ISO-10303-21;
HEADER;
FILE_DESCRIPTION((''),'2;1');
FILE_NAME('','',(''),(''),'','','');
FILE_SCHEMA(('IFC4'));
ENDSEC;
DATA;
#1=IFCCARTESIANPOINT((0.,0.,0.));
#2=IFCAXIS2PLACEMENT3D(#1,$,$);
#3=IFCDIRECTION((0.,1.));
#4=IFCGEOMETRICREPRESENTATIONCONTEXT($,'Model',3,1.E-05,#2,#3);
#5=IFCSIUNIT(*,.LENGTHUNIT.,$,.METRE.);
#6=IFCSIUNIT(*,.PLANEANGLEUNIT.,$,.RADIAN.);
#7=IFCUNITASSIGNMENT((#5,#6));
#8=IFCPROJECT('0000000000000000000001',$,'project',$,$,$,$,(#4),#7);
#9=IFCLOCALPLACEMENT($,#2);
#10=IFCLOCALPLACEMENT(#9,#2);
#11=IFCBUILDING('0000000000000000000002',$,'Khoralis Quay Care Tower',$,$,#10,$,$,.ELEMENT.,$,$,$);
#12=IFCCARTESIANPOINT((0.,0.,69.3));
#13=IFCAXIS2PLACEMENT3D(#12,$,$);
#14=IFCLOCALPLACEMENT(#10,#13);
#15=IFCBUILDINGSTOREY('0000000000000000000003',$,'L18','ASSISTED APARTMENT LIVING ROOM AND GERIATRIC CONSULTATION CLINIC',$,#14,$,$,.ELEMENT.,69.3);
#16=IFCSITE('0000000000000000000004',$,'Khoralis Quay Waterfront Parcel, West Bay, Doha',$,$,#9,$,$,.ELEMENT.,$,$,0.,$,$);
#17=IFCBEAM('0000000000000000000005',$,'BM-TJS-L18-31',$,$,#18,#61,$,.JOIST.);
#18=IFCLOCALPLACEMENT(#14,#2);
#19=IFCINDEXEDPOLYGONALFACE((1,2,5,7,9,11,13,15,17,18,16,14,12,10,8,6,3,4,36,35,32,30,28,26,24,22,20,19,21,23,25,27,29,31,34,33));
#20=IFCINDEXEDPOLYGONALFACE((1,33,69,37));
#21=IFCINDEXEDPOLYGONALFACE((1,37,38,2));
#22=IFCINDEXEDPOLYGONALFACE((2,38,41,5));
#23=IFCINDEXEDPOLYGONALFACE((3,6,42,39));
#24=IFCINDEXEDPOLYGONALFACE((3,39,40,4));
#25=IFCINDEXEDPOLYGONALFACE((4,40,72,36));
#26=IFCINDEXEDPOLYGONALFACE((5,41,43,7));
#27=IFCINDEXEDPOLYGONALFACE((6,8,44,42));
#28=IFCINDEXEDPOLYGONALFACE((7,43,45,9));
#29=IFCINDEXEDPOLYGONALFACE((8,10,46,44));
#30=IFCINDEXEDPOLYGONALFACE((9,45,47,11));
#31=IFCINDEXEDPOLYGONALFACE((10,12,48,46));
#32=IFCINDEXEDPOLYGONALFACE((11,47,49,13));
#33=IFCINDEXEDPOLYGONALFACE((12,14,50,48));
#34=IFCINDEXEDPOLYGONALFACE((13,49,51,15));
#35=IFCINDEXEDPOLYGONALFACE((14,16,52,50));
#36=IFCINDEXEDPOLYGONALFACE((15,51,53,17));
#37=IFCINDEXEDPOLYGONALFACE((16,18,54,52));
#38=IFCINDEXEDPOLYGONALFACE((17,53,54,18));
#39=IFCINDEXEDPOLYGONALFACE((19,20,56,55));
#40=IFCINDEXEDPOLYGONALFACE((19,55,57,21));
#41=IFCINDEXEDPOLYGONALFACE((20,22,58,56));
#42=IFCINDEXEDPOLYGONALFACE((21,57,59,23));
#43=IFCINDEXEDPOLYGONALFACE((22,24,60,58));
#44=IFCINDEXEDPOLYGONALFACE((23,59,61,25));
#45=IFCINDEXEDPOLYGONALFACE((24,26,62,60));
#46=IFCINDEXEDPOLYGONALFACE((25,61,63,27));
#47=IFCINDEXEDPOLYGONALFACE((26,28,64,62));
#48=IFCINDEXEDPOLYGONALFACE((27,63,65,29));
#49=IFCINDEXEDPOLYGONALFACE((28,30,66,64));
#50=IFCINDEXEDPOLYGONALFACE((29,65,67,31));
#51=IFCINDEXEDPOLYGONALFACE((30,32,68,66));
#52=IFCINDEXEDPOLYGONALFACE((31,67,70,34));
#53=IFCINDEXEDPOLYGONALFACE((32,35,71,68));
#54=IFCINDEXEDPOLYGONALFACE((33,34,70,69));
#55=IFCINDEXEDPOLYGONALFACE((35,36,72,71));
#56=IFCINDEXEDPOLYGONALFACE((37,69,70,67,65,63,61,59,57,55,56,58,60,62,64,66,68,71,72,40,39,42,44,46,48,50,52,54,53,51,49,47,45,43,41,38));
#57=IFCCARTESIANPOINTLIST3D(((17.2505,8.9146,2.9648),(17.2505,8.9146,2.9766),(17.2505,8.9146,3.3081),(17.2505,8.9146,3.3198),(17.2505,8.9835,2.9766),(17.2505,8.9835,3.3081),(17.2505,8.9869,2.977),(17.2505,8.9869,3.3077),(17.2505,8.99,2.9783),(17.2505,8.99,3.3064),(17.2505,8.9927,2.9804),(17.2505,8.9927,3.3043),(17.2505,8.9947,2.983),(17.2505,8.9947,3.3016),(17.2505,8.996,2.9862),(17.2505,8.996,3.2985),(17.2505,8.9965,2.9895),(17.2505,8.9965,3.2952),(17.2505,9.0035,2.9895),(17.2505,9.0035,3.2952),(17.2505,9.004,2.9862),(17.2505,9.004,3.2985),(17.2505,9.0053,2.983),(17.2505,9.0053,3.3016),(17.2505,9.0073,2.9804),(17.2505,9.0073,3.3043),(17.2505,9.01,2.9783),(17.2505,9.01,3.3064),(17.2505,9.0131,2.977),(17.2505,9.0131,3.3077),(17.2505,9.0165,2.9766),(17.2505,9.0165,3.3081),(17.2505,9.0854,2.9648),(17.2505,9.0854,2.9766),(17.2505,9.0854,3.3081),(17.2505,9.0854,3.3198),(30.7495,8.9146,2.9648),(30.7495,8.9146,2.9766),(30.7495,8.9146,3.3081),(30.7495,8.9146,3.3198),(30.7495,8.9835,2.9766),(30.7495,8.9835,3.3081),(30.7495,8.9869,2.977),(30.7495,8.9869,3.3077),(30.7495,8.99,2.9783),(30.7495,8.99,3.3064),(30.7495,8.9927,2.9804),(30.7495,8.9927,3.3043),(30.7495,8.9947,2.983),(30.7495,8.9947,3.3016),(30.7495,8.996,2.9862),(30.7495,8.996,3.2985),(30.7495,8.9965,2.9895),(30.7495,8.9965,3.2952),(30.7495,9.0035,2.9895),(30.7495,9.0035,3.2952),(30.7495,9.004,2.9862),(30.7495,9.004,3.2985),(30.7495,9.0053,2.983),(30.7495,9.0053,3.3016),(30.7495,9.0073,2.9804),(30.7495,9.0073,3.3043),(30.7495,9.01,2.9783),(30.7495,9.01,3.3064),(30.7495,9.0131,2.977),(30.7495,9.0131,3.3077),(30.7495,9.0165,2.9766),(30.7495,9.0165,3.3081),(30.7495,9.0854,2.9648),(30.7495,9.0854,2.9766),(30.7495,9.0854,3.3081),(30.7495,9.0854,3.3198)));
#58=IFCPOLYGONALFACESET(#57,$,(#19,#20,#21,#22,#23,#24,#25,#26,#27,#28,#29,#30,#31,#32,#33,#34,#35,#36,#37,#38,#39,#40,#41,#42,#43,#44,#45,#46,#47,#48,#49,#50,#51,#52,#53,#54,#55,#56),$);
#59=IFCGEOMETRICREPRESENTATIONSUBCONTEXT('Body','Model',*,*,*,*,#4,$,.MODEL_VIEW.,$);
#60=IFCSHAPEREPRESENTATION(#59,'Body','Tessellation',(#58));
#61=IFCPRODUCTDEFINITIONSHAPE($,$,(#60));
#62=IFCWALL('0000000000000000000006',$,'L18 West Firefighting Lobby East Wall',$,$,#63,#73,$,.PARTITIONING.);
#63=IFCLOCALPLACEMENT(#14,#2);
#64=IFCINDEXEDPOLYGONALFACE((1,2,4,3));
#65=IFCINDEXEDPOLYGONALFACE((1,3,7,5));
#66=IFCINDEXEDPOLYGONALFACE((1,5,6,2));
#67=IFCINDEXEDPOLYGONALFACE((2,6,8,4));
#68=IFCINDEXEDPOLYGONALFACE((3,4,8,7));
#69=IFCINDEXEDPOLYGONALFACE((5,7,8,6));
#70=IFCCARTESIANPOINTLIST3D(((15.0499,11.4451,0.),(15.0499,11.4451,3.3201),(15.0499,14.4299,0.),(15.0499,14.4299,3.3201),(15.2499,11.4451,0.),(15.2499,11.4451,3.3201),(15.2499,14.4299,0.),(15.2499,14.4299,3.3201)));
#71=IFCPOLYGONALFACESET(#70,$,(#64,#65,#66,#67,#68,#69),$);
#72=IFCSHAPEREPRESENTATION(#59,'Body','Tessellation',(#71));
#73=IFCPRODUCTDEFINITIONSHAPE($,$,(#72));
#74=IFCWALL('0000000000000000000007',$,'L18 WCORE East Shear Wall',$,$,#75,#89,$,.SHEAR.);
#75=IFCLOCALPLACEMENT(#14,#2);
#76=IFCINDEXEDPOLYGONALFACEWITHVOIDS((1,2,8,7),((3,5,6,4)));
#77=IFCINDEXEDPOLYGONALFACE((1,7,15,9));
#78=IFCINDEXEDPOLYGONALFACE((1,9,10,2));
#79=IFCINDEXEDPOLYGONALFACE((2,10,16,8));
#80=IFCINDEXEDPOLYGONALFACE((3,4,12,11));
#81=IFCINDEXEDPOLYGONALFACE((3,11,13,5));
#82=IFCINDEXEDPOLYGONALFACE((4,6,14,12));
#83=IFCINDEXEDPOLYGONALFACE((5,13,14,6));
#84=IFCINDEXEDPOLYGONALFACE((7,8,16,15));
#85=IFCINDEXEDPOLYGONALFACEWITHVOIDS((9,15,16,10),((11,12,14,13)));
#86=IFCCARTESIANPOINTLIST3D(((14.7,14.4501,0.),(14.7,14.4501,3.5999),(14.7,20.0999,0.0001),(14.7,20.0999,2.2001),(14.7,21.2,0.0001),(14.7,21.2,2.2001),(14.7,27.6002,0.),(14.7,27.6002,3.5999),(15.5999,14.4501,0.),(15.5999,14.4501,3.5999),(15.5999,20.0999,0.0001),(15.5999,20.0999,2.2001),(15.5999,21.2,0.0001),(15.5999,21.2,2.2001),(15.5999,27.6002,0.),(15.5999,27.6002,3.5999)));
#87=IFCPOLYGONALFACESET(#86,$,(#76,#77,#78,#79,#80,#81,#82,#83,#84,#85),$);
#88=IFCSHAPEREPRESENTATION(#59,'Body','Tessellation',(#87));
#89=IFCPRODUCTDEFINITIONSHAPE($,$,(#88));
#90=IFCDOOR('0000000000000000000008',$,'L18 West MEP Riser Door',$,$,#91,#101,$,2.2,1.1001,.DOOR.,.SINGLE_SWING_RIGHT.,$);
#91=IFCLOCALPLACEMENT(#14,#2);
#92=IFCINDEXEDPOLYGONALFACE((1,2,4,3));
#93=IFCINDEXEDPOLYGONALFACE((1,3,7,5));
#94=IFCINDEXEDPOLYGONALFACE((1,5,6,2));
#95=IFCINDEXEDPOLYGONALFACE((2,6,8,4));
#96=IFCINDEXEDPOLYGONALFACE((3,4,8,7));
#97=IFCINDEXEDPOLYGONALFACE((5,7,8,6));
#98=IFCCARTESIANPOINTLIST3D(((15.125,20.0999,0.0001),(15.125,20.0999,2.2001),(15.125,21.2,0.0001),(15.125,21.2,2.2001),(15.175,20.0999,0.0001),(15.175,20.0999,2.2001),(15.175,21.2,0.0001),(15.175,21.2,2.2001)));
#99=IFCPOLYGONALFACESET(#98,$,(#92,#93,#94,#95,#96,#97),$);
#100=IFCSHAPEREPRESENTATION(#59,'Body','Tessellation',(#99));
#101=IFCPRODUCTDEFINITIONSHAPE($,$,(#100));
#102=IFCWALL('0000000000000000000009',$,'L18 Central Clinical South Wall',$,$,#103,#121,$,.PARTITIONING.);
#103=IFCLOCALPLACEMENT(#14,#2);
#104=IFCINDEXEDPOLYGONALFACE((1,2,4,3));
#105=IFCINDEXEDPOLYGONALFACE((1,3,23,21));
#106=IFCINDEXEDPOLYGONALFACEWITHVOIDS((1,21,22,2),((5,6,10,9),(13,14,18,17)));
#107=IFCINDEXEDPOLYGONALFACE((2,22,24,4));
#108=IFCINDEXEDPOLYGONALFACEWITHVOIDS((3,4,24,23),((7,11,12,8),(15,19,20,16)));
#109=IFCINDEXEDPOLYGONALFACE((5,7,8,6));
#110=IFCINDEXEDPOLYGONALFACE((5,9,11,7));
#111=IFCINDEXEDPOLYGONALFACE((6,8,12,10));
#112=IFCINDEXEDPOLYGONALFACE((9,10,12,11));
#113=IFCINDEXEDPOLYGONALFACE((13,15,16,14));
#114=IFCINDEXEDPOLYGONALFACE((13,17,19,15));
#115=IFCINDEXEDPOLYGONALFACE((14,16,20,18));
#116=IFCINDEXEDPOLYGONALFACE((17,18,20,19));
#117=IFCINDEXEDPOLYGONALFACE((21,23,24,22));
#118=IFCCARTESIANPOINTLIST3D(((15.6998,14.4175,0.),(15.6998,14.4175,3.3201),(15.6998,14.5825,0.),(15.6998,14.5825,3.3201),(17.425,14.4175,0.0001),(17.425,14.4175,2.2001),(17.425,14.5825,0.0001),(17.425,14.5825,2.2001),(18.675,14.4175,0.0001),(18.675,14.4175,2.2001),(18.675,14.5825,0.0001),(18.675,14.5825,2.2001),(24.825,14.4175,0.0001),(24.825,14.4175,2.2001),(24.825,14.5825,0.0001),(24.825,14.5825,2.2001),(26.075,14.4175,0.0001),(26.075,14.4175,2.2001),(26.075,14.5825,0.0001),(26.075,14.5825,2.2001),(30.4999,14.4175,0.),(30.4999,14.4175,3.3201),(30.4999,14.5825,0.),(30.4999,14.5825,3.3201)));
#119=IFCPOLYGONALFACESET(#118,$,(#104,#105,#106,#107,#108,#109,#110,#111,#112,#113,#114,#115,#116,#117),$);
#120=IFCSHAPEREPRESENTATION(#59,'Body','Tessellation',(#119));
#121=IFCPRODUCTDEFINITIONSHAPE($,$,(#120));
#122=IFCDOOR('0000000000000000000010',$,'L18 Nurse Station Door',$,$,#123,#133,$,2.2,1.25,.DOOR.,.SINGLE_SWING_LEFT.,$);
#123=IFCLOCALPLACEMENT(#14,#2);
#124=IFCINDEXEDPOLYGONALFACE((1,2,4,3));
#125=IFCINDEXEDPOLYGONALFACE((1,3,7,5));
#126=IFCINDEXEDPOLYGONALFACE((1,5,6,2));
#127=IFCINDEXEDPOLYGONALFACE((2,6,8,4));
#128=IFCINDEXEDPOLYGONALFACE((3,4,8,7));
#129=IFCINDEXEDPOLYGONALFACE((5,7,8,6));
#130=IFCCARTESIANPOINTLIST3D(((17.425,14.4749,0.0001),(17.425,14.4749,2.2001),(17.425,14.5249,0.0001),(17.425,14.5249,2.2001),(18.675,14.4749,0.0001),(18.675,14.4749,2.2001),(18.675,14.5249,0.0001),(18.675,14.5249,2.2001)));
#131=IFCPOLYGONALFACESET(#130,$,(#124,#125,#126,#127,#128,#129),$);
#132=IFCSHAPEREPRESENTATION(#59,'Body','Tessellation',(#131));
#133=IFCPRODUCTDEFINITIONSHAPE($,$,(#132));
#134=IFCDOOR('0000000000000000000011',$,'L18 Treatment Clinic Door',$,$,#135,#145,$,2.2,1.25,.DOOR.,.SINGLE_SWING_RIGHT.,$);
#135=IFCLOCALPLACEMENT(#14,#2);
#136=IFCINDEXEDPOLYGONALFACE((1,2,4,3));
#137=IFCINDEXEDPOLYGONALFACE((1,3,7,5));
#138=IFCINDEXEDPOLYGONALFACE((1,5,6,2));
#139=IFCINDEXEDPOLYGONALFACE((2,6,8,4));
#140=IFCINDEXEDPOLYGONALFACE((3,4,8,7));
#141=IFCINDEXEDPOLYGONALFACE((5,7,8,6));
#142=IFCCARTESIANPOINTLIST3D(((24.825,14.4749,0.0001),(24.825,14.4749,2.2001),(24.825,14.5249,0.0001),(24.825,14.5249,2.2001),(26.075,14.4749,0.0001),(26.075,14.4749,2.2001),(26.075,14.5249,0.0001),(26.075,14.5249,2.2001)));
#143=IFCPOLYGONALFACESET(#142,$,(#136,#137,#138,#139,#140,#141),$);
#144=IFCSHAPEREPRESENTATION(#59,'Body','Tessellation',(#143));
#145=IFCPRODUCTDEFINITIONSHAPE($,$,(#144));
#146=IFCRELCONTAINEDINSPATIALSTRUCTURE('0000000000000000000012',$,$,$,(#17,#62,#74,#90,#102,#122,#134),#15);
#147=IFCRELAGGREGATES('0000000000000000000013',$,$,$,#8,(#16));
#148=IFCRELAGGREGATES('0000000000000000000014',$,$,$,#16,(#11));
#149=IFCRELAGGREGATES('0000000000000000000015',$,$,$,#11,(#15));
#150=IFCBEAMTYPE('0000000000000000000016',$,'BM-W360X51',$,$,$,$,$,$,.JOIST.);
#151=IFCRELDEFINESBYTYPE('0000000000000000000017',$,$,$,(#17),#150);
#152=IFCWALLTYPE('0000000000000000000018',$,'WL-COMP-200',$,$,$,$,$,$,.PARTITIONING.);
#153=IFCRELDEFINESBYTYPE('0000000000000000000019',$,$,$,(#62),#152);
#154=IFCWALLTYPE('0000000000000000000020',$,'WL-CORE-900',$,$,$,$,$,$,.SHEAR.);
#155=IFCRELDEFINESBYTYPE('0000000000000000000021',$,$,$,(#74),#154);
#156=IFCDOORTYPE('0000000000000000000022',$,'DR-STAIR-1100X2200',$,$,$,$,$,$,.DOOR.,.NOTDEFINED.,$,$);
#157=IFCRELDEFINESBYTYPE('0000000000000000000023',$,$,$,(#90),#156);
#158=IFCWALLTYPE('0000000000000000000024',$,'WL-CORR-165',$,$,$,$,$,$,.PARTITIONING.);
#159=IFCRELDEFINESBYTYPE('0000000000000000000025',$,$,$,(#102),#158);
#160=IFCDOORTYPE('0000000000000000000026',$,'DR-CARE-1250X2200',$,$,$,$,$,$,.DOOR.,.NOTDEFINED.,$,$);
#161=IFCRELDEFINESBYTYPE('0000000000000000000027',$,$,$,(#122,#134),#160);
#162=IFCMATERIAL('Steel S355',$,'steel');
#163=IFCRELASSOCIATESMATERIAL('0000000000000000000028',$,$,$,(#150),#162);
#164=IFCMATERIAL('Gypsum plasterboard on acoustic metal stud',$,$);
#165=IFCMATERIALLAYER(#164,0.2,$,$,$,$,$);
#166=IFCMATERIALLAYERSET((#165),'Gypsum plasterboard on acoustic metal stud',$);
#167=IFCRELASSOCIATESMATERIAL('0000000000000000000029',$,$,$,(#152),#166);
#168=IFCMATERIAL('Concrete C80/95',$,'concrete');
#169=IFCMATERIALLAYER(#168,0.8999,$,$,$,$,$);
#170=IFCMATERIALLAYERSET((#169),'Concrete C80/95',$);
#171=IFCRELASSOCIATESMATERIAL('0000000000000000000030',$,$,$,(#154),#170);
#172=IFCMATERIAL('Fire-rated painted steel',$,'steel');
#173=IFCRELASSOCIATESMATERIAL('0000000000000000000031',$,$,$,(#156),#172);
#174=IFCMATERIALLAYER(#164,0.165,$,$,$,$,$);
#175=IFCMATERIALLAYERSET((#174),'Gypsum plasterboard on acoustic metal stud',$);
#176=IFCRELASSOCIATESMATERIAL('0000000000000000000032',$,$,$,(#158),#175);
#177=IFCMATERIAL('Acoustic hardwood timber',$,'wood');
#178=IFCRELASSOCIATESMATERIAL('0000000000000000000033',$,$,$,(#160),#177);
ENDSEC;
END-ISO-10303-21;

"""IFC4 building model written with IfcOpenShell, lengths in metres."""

from ifc_helpers import new_model, si_unit, direction, frame, frame_2d, origin, origin_2d, place, context, subcontext, project, spatial, rectangle, i_section, extrude, source, transform, mapped, material, layer, layer_set, material_profile, profile_set, type_object, element, fill, save


model = new_model("IFC4")

# Units and contexts
model_context = context("Model", 3, precision=1e-05, world=origin(), true_north=direction((0.0, 1.0)))
body_context = subcontext(model_context, "Body", "Model", "MODEL_VIEW")
ifc_project = project(units=[si_unit("LENGTHUNIT", "METRE"), si_unit("PLANEANGLEUNIT", "RADIAN")], contexts=[model_context])

# Site, building, storey
site_placement = place(None, origin())
site = spatial("IfcSite", under=ifc_project, at=site_placement, Name="Khoralis Quay Waterfront Parcel, West Bay, Doha", CompositionType="ELEMENT", RefElevation=0.0)
building_placement = place(site_placement, origin())
building = spatial("IfcBuilding", under=site, at=building_placement, Name="Khoralis Quay Care Tower", CompositionType="ELEMENT")
storey_placement = place(building_placement, frame((0.0, 0.0, 69.3)))
storey = spatial("IfcBuildingStorey", under=building, at=storey_placement, Name="L18", Description="ASSISTED APARTMENT LIVING ROOM AND GERIATRIC CONSULTATION CLINIC", CompositionType="ELEMENT", Elevation=69.3)

# Shared definitions
ifc_material_1 = material(Name="Concrete C80/95", Category="concrete")

# Beam
ifc_material_2 = material(Name="Steel S355", Category="steel")
ifc_material_profile_1 = material_profile(ifc_material_2, i_section(OverallWidth=0.1709, OverallDepth=0.355, WebThickness=0.0071, FlangeThickness=0.0117, FilletRadius=0.0129, at=origin_2d()), Name="Steel S355")
ifc_profile_set_1 = profile_set([ifc_material_profile_1], Name="Steel S355")
beam_type_1 = type_object("IfcBeamType", Name="BM-W360X51", PredefinedType="JOIST", material=ifc_profile_set_1)
shared_shape_1 = source(origin(), body_context, "Body", "SweptSolid", [
    extrude(i_section(OverallWidth=0.1709, OverallDepth=0.355, WebThickness=0.0071, FlangeThickness=0.0117, FilletRadius=0.0129, at=origin_2d()), origin(), (0.0, 0.0, 1.0), 13.499),
])
beam_1_placement = place(storey_placement, frame((17.2505, 9.0, 3.1423), z_axis=(1.0, 0.0, 0.0), x_axis=(0.0, 1.0, 0.0)))
element("IfcBeam", 1, at=beam_1_placement, inside=storey, type_object=beam_type_1, Name="BM-TJS-L18-31", PredefinedType="JOIST", context=body_context, shape_type="MappedRepresentation", body=[
    mapped(shared_shape_1, transform((0.0, 0.0, 0.0), scale=1.0)),
])

# Wall
ifc_material_3 = material(Name="Gypsum plasterboard on acoustic metal stud")
ifc_layer_1 = layer(ifc_material_3, 0.2)
ifc_layer_set_1 = layer_set([ifc_layer_1], Name="Gypsum plasterboard on acoustic metal stud")
wall_type_1 = type_object("IfcWallType", Name="WL-COMP-200", PredefinedType="PARTITIONING", material=ifc_layer_set_1)
wall_1_placement = place(storey_placement, frame((15.1499, 11.4451, 0.0), z_axis=(0.0, 0.0, 1.0), x_axis=(0.0, 1.0, 0.0)))
element("IfcWall", 2, at=wall_1_placement, inside=storey, type_object=wall_type_1, Name="L18 West Firefighting Lobby East Wall", PredefinedType="PARTITIONING", context=body_context, shape_type="SweptSolid", body=[
    extrude(rectangle(XDim=2.9849, YDim=0.2, at=frame_2d((1.4924, 0.0))), origin(), (0.0, 0.0, 1.0), 3.3201),
])

# Wall, opening, door
ifc_layer_2 = layer(ifc_material_1, 0.8999)
ifc_layer_set_2 = layer_set([ifc_layer_2], Name="Concrete C80/95")
wall_type_2 = type_object("IfcWallType", Name="WL-CORE-900", PredefinedType="SHEAR", material=ifc_layer_set_2)
wall_2_placement = place(storey_placement, frame((15.1499, 14.45, 0.0), z_axis=(0.0, 0.0, 1.0), x_axis=(0.0, 1.0, 0.0)))
wall_2 = element("IfcWall", 3, at=wall_2_placement, inside=storey, type_object=wall_type_2, Name="L18 WCORE East Shear Wall", PredefinedType="SHEAR", context=body_context, shape_type="SweptSolid", body=[
    extrude(rectangle(XDim=13.1501, YDim=0.8999, at=frame_2d((6.5752, 0.0))), origin(), (0.0, 0.0, 1.0), 3.5999),
])
opening_1_placement = place(wall_2_placement, frame((5.6499, 0.0, 0.0)))
opening_1 = element("IfcOpeningElement", 4, at=opening_1_placement, cuts=wall_2, PredefinedType="OPENING", context=body_context, shape_type="SweptSolid", body=[
    extrude(rectangle(XDim=1.1001, YDim=2.2, at=frame_2d((0.55, 1.1001))), frame((0.0, 0.46, 0.0), z_axis=(0.0, -1.0, 0.0), x_axis=(1.0, 0.0, 0.0)), (0.0, 0.0, 1.0), 0.9199),
])
ifc_material_4 = material(Name="Fire-rated painted steel", Category="steel")
door_type_1 = type_object("IfcDoorType", Name="DR-STAIR-1100X2200", OperationType="NOTDEFINED", PredefinedType="DOOR", material=ifc_material_4)
shared_shape_2 = source(origin(), body_context, "Body", "SweptSolid", [
    extrude(rectangle(XDim=1.1001, YDim=2.2, at=frame_2d((0.55, 1.1001))), frame((0.0, 0.0249, 0.0), z_axis=(0.0, -1.0, 0.0), x_axis=(1.0, 0.0, 0.0)), (0.0, 0.0, 1.0), 0.05),
])
door_1_placement = place(opening_1_placement, origin())
door_1 = element("IfcDoor", 5, at=door_1_placement, inside=storey, type_object=door_type_1, Name="L18 West MEP Riser Door", OperationType="SINGLE_SWING_RIGHT", OverallHeight=2.2, OverallWidth=1.1001, PredefinedType="DOOR", context=body_context, shape_type="MappedRepresentation", body=[
    mapped(shared_shape_2, transform((0.0, 0.0, 0.0), scale=1.0)),
])
fill(opening_1, door_1)

# Wall, openings, doors
ifc_layer_3 = layer(ifc_material_3, 0.165)
ifc_layer_set_3 = layer_set([ifc_layer_3], Name="Gypsum plasterboard on acoustic metal stud")
wall_type_3 = type_object("IfcWallType", Name="WL-CORR-165", PredefinedType="PARTITIONING", material=ifc_layer_set_3)
wall_3_placement = place(storey_placement, frame((15.7, 14.5, 0.0), z_axis=(0.0, 0.0, 1.0), x_axis=(1.0, 0.0, 0.0)))
wall_3 = element("IfcWall", 6, at=wall_3_placement, inside=storey, type_object=wall_type_3, Name="L18 Central Clinical South Wall", PredefinedType="PARTITIONING", context=body_context, shape_type="SweptSolid", body=[
    extrude(rectangle(XDim=14.8, YDim=0.165, at=frame_2d((7.3999, 0.0))), origin(), (0.0, 0.0, 1.0), 3.3201),
])
opening_2_placement = place(wall_3_placement, frame((1.7251, 0.0, 0.0)))
opening_2 = element("IfcOpeningElement", 7, at=opening_2_placement, cuts=wall_3, PredefinedType="OPENING", context=body_context, shape_type="SweptSolid", body=[
    extrude(rectangle(XDim=1.25, YDim=2.2, at=frame_2d((0.625, 1.1001))), frame((0.0, 0.0925, 0.0), z_axis=(0.0, -1.0, 0.0), x_axis=(1.0, 0.0, 0.0)), (0.0, 0.0, 1.0), 0.1851),
])
opening_3_placement = place(wall_3_placement, frame((9.125, 0.0, 0.0)))
opening_3 = element("IfcOpeningElement", 8, at=opening_3_placement, cuts=wall_3, PredefinedType="OPENING", context=body_context, shape_type="SweptSolid", body=[
    extrude(rectangle(XDim=1.25, YDim=2.2, at=frame_2d((0.625, 1.1001))), frame((0.0, 0.0925, 0.0), z_axis=(0.0, -1.0, 0.0), x_axis=(1.0, 0.0, 0.0)), (0.0, 0.0, 1.0), 0.1851),
])
ifc_material_5 = material(Name="Acoustic hardwood timber", Category="wood")
door_type_2 = type_object("IfcDoorType", Name="DR-CARE-1250X2200", OperationType="NOTDEFINED", PredefinedType="DOOR", material=ifc_material_5)
shared_shape_3 = source(origin(), body_context, "Body", "SweptSolid", [
    extrude(rectangle(XDim=1.25, YDim=2.2, at=frame_2d((0.625, 1.1001))), frame((0.0, 0.0249, 0.0), z_axis=(0.0, -1.0, 0.0), x_axis=(1.0, 0.0, 0.0)), (0.0, 0.0, 1.0), 0.05),
])
door_2_placement = place(opening_2_placement, origin())
door_2 = element("IfcDoor", 9, at=door_2_placement, inside=storey, type_object=door_type_2, Name="L18 Nurse Station Door", OperationType="SINGLE_SWING_LEFT", OverallHeight=2.2, OverallWidth=1.25, PredefinedType="DOOR", context=body_context, shape_type="MappedRepresentation", body=[
    mapped(shared_shape_3, transform((0.0, 0.0, 0.0), scale=1.0)),
])
fill(opening_2, door_2)
door_3_placement = place(opening_3_placement, origin())
door_3 = element("IfcDoor", 10, at=door_3_placement, inside=storey, type_object=door_type_2, Name="L18 Treatment Clinic Door", OperationType="SINGLE_SWING_RIGHT", OverallHeight=2.2, OverallWidth=1.25, PredefinedType="DOOR", context=body_context, shape_type="MappedRepresentation", body=[
    mapped(shared_shape_3, transform((0.0, 0.0, 0.0), scale=1.0)),
])
fill(opening_3, door_3)

save(model, "model.ifc")
